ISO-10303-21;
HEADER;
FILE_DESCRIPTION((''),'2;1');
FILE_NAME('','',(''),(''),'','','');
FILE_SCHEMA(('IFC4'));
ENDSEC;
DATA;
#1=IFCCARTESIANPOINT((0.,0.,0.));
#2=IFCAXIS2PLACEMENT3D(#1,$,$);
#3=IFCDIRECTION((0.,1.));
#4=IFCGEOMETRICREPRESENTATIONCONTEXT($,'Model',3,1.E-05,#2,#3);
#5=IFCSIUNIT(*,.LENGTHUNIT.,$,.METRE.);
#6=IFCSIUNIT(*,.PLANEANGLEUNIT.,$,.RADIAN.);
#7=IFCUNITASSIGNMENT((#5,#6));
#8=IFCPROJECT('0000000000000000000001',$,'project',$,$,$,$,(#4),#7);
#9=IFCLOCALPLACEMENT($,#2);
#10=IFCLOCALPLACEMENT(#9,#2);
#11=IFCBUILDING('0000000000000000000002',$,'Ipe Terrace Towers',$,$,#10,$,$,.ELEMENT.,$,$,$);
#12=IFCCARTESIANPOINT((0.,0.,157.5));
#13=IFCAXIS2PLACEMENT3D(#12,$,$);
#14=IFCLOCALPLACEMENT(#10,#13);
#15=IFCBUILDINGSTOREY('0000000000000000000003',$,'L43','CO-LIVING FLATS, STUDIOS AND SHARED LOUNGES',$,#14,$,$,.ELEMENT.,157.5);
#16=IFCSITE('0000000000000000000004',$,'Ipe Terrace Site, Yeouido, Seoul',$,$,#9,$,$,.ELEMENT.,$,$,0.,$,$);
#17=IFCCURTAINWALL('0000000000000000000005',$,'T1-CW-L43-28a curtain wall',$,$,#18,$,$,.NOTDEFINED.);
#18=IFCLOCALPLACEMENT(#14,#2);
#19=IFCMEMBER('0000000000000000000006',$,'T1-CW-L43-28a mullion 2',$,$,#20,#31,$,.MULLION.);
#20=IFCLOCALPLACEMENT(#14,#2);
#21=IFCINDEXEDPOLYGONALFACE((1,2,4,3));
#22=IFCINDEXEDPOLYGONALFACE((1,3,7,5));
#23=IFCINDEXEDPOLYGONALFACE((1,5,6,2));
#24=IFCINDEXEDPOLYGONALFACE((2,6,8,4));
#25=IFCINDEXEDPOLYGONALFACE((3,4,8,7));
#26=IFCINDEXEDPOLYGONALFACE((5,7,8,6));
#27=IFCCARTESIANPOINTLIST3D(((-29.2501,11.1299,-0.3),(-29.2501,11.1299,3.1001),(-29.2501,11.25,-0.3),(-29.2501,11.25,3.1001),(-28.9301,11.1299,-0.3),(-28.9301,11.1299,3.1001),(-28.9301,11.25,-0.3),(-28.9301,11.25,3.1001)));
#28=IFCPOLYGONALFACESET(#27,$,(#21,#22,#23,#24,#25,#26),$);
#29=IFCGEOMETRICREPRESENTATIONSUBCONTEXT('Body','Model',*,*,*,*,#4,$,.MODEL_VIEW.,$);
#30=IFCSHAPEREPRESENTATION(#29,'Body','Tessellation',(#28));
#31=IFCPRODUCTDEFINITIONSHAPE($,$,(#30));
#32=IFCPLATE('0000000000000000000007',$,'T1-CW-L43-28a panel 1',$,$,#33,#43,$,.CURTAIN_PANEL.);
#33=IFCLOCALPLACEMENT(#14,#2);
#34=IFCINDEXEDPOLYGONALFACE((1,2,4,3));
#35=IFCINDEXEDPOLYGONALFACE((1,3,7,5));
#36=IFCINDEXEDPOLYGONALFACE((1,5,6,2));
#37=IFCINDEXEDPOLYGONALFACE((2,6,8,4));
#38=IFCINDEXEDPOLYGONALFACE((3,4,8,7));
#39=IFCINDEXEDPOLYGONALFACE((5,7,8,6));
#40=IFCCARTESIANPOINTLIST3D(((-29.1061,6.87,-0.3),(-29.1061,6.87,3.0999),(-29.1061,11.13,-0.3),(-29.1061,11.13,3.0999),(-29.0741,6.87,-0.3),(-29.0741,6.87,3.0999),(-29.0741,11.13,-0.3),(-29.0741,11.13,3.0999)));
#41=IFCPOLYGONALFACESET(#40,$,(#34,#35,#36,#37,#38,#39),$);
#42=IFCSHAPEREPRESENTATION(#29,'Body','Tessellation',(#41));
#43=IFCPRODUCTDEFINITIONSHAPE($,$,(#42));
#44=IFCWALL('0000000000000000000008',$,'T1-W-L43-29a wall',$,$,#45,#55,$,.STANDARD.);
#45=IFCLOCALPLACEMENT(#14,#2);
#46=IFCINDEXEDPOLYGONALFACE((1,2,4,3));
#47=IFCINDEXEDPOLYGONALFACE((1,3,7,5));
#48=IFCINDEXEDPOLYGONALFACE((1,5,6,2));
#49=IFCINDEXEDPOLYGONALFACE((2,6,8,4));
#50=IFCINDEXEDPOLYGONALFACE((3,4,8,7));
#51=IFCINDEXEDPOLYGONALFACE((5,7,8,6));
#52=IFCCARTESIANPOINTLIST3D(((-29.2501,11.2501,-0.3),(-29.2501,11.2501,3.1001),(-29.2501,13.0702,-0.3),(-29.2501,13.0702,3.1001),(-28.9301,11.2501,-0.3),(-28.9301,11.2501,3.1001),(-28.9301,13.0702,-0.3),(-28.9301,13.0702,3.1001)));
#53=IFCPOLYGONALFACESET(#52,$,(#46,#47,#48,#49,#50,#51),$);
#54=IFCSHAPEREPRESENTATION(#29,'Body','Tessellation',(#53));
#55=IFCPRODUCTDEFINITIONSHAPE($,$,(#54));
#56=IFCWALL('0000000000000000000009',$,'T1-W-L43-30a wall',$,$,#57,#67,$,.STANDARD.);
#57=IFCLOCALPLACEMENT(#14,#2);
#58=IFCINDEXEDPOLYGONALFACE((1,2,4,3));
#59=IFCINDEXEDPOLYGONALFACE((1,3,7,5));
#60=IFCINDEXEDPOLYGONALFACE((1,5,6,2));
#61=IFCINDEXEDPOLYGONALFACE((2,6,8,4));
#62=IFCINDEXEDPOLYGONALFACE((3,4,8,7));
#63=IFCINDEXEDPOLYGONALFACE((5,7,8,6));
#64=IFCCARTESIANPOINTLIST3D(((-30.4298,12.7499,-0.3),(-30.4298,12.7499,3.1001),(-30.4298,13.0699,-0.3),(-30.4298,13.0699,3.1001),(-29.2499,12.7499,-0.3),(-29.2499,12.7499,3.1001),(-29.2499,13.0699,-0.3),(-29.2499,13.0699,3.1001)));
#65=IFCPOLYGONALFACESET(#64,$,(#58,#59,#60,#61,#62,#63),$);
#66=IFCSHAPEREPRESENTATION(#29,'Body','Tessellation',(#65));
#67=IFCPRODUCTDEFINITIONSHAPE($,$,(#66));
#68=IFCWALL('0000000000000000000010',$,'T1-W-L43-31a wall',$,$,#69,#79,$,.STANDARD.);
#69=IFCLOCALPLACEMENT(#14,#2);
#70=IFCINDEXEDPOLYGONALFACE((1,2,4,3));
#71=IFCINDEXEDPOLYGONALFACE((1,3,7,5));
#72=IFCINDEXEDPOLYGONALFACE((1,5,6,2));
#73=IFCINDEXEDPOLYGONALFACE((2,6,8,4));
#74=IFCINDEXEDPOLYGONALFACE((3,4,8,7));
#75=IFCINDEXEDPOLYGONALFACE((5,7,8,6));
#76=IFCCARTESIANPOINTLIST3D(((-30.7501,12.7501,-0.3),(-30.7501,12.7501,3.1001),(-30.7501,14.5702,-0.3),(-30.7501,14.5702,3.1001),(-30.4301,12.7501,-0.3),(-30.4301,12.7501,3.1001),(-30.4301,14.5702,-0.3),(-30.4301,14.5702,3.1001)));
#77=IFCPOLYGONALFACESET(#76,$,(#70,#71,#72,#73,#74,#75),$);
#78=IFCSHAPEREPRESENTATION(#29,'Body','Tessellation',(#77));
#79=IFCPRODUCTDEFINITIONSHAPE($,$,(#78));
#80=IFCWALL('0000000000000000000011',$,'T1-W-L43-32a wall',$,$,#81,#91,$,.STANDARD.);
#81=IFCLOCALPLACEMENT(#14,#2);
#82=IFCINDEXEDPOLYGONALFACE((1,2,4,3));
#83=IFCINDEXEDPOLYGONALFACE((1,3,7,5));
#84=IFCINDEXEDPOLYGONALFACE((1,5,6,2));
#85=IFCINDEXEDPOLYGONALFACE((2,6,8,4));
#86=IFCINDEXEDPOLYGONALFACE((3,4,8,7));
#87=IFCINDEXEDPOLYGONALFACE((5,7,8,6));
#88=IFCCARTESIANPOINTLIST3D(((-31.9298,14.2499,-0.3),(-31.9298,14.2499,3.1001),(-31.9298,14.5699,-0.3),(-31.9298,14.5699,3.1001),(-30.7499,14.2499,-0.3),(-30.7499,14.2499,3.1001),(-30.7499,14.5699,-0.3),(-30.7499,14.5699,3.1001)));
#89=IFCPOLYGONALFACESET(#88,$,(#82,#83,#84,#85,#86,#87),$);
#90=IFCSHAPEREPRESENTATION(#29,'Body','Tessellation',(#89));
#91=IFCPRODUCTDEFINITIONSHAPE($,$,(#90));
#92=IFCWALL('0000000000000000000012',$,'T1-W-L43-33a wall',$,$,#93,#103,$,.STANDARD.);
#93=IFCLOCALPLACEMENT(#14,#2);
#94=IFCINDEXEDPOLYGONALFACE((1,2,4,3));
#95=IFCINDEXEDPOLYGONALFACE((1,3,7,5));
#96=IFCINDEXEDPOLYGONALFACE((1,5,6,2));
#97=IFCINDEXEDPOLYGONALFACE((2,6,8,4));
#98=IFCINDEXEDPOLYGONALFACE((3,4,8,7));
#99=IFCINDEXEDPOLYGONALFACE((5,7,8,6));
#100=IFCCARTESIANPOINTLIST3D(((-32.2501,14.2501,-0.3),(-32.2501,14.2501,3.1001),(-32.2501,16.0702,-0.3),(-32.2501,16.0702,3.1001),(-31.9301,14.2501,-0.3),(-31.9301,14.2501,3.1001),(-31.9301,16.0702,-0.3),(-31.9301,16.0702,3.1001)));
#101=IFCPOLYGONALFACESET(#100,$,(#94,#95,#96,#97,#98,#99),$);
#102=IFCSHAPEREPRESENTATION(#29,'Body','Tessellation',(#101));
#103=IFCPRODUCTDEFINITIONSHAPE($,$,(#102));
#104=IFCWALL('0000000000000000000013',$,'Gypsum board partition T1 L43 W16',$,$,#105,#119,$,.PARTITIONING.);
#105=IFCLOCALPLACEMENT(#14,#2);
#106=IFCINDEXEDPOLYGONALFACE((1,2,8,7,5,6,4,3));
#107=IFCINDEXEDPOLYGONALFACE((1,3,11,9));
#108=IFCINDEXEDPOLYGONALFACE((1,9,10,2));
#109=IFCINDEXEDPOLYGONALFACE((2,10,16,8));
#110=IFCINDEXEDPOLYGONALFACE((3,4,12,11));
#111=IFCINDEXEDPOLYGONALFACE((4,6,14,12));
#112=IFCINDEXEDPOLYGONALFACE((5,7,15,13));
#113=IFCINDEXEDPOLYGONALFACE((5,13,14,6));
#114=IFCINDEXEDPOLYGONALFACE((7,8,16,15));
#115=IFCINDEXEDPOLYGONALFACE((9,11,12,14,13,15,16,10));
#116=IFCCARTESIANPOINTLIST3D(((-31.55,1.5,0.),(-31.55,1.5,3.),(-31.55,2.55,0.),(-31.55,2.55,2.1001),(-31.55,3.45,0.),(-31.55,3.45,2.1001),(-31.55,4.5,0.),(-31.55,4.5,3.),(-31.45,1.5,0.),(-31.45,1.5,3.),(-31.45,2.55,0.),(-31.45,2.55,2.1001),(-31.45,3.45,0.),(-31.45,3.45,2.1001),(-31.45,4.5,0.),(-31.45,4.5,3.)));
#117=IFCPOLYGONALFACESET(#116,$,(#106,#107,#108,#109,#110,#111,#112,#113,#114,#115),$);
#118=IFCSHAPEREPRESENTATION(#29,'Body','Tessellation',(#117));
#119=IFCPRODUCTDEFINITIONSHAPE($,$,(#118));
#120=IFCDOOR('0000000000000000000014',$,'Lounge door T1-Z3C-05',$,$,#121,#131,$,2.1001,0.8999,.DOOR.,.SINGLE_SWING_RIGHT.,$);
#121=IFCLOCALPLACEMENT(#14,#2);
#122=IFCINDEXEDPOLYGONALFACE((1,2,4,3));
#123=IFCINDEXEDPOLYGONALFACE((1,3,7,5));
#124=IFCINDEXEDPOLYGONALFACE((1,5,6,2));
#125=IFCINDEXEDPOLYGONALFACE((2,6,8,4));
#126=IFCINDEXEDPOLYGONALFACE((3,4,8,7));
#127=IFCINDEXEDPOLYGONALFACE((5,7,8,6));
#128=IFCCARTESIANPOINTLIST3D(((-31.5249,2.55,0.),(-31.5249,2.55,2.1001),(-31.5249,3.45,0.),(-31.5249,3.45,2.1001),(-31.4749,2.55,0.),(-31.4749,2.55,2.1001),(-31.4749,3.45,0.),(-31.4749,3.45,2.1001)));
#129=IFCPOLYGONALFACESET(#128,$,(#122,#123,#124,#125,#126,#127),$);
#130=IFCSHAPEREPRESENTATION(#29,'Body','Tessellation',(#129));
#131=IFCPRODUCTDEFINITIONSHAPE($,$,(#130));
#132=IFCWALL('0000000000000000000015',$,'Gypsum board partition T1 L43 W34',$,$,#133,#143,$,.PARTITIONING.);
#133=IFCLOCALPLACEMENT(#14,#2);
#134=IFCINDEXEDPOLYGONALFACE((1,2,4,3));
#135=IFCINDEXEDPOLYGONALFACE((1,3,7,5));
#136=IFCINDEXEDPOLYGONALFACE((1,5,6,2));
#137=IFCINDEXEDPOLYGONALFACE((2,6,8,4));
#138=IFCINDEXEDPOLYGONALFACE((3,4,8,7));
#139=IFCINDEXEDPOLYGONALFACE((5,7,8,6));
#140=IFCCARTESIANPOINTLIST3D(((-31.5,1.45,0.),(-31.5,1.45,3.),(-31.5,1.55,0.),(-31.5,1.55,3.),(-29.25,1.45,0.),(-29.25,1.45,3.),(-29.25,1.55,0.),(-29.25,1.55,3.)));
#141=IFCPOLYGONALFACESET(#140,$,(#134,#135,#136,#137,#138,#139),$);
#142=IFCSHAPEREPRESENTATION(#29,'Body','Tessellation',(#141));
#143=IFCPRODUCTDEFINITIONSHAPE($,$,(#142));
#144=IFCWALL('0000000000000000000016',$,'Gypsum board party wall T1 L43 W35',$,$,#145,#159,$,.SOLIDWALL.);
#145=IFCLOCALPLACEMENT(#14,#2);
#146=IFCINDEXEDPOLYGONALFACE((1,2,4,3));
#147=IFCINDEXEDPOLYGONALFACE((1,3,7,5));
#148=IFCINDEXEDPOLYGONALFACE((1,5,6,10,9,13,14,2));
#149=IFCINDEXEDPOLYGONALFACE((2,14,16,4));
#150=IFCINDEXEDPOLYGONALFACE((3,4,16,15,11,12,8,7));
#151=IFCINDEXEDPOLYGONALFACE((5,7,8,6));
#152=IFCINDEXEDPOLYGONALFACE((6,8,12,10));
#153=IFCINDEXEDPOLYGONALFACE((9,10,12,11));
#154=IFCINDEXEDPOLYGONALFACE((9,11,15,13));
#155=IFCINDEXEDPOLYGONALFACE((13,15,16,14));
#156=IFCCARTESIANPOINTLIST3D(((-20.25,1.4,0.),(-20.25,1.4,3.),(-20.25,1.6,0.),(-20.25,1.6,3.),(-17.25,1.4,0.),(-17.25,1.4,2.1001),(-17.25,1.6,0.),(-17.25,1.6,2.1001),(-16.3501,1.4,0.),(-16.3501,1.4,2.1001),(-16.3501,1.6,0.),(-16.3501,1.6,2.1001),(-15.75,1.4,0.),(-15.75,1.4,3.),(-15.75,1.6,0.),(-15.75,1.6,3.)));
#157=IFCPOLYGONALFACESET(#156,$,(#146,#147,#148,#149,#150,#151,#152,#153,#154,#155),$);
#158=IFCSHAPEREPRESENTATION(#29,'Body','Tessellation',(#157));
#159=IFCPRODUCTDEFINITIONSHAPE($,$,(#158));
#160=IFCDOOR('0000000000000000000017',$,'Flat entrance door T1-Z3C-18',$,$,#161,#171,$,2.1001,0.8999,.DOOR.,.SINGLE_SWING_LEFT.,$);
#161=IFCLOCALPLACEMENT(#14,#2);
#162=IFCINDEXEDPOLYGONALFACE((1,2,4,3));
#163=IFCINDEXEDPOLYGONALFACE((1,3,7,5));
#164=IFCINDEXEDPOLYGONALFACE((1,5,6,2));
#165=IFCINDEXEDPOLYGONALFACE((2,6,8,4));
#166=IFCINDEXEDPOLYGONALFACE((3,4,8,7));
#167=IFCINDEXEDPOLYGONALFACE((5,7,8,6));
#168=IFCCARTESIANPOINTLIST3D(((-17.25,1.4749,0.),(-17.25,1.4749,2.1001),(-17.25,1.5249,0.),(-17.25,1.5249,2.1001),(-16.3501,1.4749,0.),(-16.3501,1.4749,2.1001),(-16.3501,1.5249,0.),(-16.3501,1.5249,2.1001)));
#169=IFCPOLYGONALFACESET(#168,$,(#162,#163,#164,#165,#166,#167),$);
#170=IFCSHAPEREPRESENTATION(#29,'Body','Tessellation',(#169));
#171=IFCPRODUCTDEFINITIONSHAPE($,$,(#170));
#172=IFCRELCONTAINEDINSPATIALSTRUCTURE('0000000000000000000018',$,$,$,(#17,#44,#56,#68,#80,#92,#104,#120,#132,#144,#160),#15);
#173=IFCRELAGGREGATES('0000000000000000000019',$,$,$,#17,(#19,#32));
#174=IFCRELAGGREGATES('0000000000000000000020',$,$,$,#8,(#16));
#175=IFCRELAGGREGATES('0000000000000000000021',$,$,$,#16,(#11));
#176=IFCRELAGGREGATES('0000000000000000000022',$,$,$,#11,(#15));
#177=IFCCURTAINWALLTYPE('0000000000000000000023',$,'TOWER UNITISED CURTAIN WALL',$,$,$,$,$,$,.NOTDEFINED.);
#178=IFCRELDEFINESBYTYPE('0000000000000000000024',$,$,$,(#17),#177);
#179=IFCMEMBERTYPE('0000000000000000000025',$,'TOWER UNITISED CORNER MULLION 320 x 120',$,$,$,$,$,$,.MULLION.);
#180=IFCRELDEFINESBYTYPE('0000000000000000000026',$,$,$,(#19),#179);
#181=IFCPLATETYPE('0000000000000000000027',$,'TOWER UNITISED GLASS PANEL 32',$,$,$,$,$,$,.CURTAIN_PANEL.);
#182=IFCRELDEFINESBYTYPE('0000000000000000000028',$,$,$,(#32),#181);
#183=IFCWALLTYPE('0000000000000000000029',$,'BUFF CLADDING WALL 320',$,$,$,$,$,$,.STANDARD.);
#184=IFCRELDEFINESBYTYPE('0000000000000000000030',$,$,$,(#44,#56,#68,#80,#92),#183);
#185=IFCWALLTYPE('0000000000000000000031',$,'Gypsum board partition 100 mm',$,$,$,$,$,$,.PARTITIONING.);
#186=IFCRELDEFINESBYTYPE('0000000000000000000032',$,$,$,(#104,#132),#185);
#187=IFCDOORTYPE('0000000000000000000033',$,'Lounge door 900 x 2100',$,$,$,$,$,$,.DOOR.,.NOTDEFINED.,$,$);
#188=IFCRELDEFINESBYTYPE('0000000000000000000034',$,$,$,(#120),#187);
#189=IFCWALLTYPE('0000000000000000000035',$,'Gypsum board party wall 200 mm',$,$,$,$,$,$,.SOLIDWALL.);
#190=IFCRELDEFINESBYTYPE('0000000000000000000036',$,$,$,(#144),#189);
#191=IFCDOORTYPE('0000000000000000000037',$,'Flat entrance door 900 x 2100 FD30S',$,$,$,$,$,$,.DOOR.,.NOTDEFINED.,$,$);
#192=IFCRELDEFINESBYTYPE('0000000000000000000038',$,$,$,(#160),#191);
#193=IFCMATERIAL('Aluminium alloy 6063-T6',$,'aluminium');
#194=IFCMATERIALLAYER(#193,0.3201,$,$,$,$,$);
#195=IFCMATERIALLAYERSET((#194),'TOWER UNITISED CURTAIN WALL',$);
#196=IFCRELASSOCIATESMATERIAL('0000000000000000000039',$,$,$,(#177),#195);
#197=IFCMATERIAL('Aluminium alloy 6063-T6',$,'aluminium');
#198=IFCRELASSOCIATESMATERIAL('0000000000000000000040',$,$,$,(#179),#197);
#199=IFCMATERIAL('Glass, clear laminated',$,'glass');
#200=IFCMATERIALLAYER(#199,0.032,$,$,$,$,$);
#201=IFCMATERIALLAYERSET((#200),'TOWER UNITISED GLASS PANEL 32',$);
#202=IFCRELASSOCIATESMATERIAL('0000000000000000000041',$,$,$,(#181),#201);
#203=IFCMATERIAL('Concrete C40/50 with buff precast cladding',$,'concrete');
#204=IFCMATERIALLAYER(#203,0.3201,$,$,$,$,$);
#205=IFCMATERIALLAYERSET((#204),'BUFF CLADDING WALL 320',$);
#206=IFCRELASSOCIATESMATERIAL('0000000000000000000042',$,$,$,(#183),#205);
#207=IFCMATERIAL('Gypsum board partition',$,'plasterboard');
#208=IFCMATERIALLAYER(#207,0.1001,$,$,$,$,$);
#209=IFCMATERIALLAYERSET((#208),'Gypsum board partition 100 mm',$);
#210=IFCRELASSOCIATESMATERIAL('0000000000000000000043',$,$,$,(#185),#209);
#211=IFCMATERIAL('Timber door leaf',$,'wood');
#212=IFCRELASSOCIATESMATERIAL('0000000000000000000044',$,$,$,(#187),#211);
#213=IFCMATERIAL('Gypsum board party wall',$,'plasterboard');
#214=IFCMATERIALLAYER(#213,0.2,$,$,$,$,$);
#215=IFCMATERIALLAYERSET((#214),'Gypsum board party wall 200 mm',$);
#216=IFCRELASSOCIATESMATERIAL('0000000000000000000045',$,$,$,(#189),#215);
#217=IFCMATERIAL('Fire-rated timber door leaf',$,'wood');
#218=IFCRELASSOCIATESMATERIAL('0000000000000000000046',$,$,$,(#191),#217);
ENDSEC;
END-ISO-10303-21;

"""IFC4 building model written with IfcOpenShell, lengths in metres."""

from ifc_helpers import new_model, si_unit, direction, frame, frame_2d, origin, origin_2d, place, context, subcontext, project, spatial, rectangle, extrude, material, layer, layer_set, material_profile, profile_set, type_object, element, fill, aggregate, save


model = new_model("IFC4")

# Units and contexts
model_context = context("Model", 3, precision=1e-05, world=origin(), true_north=direction((0.0, 1.0)))
body_context = subcontext(model_context, "Body", "Model", "MODEL_VIEW")
ifc_project = project(units=[si_unit("LENGTHUNIT", "METRE"), si_unit("PLANEANGLEUNIT", "RADIAN")], contexts=[model_context])

# Site, building, storey
site_placement = place(None, origin())
site = spatial("IfcSite", under=ifc_project, at=site_placement, Name="Ipe Terrace Site, Yeouido, Seoul", CompositionType="ELEMENT", RefElevation=0.0)
building_placement = place(site_placement, origin())
building = spatial("IfcBuilding", under=site, at=building_placement, Name="Ipe Terrace Towers", CompositionType="ELEMENT")
storey_placement = place(building_placement, frame((0.0, 0.0, 157.5)))
storey = spatial("IfcBuildingStorey", under=building, at=storey_placement, Name="L43", Description="CO-LIVING FLATS, STUDIOS AND SHARED LOUNGES", CompositionType="ELEMENT", Elevation=157.5)

# Curtain wall, member, plate
ifc_material_1 = material(Name="Aluminium alloy 6063-T6", Category="aluminium")
ifc_layer_1 = layer(ifc_material_1, 0.3201)
ifc_layer_set_1 = layer_set([ifc_layer_1], Name="TOWER UNITISED CURTAIN WALL")
curtain_wall_type = type_object("IfcCurtainWallType", Name="TOWER UNITISED CURTAIN WALL", PredefinedType="NOTDEFINED", material=ifc_layer_set_1)
curtain_wall_placement = place(storey_placement, origin())
curtain_wall = element("IfcCurtainWall", 1, at=curtain_wall_placement, inside=storey, type_object=curtain_wall_type, Name="T1-CW-L43-28a curtain wall", PredefinedType="NOTDEFINED")
ifc_material_2 = material(Name="Aluminium alloy 6063-T6", Category="aluminium")
ifc_material_profile_1 = material_profile(ifc_material_2, rectangle(XDim=0.3201, YDim=0.1201, at=origin_2d()), Name="TOWER UNITISED CORNER MULLION 320 x 120")
ifc_profile_set_1 = profile_set([ifc_material_profile_1], Name="Aluminium alloy 6063-T6")
member_type = type_object("IfcMemberType", Name="TOWER UNITISED CORNER MULLION 320 x 120", PredefinedType="MULLION", material=ifc_profile_set_1)
member_1_placement = place(storey_placement, frame((-29.0901, 11.1899, -0.3), z_axis=(0.0, 0.0, 1.0), x_axis=(1.0, 0.0, 0.0)))
member_1 = element("IfcMember", 2, at=member_1_placement, type_object=member_type, Name="T1-CW-L43-28a mullion 2", PredefinedType="MULLION", context=body_context, shape_type="SweptSolid", body=[
    extrude(rectangle(XDim=0.3201, YDim=0.1201, at=origin_2d()), origin(), (0.0, 0.0, 1.0), 3.4001),
])
ifc_material_3 = material(Name="Glass, clear laminated", Category="glass")
ifc_layer_2 = layer(ifc_material_3, 0.032)
ifc_layer_set_2 = layer_set([ifc_layer_2], Name="TOWER UNITISED GLASS PANEL 32")
plate_type = type_object("IfcPlateType", Name="TOWER UNITISED GLASS PANEL 32", PredefinedType="CURTAIN_PANEL", material=ifc_layer_set_2)
plate_placement = place(storey_placement, frame((-29.0901, 9.0, -0.3), z_axis=(0.0, 0.0, 1.0), x_axis=(0.0, 1.0, 0.0)))
plate = element("IfcPlate", 3, at=plate_placement, type_object=plate_type, Name="T1-CW-L43-28a panel 1", PredefinedType="CURTAIN_PANEL", context=body_context, shape_type="SweptSolid", body=[
    extrude(rectangle(XDim=4.26, YDim=0.032, at=origin_2d()), origin(), (0.0, 0.0, 1.0), 3.3999),
])
aggregate(curtain_wall, [member_1, plate])

# Walls
ifc_material_4 = material(Name="Concrete C40/50 with buff precast cladding", Category="concrete")
ifc_layer_3 = layer(ifc_material_4, 0.3201)
ifc_layer_set_3 = layer_set([ifc_layer_3], Name="BUFF CLADDING WALL 320")
wall_type_1 = type_object("IfcWallType", Name="BUFF CLADDING WALL 320", PredefinedType="STANDARD", material=ifc_layer_set_3)
wall_1_placement = place(storey_placement, frame((-29.0901, 11.25, -0.3), z_axis=(0.0, 0.0, 1.0), x_axis=(0.0, 1.0, 0.0)))
element("IfcWall", 4, at=wall_1_placement, inside=storey, type_object=wall_type_1, Name="T1-W-L43-29a wall", PredefinedType="STANDARD", context=body_context, shape_type="SweptSolid", body=[
    extrude(rectangle(XDim=1.8201, YDim=0.3201, at=frame_2d((0.9102, 0.0))), origin(), (0.0, 0.0, 1.0), 3.4001),
])
wall_2_placement = place(storey_placement, frame((-29.25, 12.9099, -0.3), z_axis=(0.0, 0.0, 1.0), x_axis=(-1.0, 0.0, 0.0)))
element("IfcWall", 5, at=wall_2_placement, inside=storey, type_object=wall_type_1, Name="T1-W-L43-30a wall", PredefinedType="STANDARD", context=body_context, shape_type="SweptSolid", body=[
    extrude(rectangle(XDim=1.1799, YDim=0.3201, at=frame_2d((0.5898, 0.0))), origin(), (0.0, 0.0, 1.0), 3.4001),
])
wall_3_placement = place(storey_placement, frame((-30.5901, 12.75, -0.3), z_axis=(0.0, 0.0, 1.0), x_axis=(0.0, 1.0, 0.0)))
element("IfcWall", 6, at=wall_3_placement, inside=storey, type_object=wall_type_1, Name="T1-W-L43-31a wall", PredefinedType="STANDARD", context=body_context, shape_type="SweptSolid", body=[
    extrude(rectangle(XDim=1.8201, YDim=0.3201, at=frame_2d((0.9102, 0.0))), origin(), (0.0, 0.0, 1.0), 3.4001),
])
wall_4_placement = place(storey_placement, frame((-30.75, 14.4099, -0.3), z_axis=(0.0, 0.0, 1.0), x_axis=(-1.0, 0.0, 0.0)))
element("IfcWall", 7, at=wall_4_placement, inside=storey, type_object=wall_type_1, Name="T1-W-L43-32a wall", PredefinedType="STANDARD", context=body_context, shape_type="SweptSolid", body=[
    extrude(rectangle(XDim=1.1799, YDim=0.3201, at=frame_2d((0.5898, 0.0))), origin(), (0.0, 0.0, 1.0), 3.4001),
])
wall_5_placement = place(storey_placement, frame((-32.0901, 14.25, -0.3), z_axis=(0.0, 0.0, 1.0), x_axis=(0.0, 1.0, 0.0)))
element("IfcWall", 8, at=wall_5_placement, inside=storey, type_object=wall_type_1, Name="T1-W-L43-33a wall", PredefinedType="STANDARD", context=body_context, shape_type="SweptSolid", body=[
    extrude(rectangle(XDim=1.8201, YDim=0.3201, at=frame_2d((0.9102, 0.0))), origin(), (0.0, 0.0, 1.0), 3.4001),
])

# Wall, opening, door
ifc_material_5 = material(Name="Gypsum board partition", Category="plasterboard")
ifc_layer_4 = layer(ifc_material_5, 0.1001)
ifc_layer_set_4 = layer_set([ifc_layer_4], Name="Gypsum board partition 100 mm")
wall_type_2 = type_object("IfcWallType", Name="Gypsum board partition 100 mm", PredefinedType="PARTITIONING", material=ifc_layer_set_4)
wall_6_placement = place(storey_placement, frame((-31.5, 1.5, 0.0), z_axis=(0.0, 0.0, 1.0), x_axis=(0.0, 1.0, 0.0)))
wall_6 = element("IfcWall", 9, at=wall_6_placement, inside=storey, type_object=wall_type_2, Name="Gypsum board partition T1 L43 W16", PredefinedType="PARTITIONING", context=body_context, shape_type="SweptSolid", body=[
    extrude(rectangle(XDim=3.0, YDim=0.1001, at=frame_2d((1.5, 0.0))), origin(), (0.0, 0.0, 1.0), 3.0),
])
opening_1_placement = place(wall_6_placement, frame((1.05, 0.0, 0.0)))
opening_1 = element("IfcOpeningElement", 10, at=opening_1_placement, cuts=wall_6, PredefinedType="OPENING", context=body_context, shape_type="SweptSolid", body=[
    extrude(rectangle(XDim=0.8999, YDim=2.1001, at=frame_2d((0.45, 1.05))), frame((0.0, 0.0601, 0.0), z_axis=(0.0, -1.0, 0.0), x_axis=(1.0, 0.0, 0.0)), (0.0, 0.0, 1.0), 0.1201),
])
ifc_material_6 = material(Name="Timber door leaf", Category="wood")
door_type_1 = type_object("IfcDoorType", Name="Lounge door 900 x 2100", OperationType="NOTDEFINED", PredefinedType="DOOR", material=ifc_material_6)
door_1_placement = place(opening_1_placement, origin())
door_1 = element("IfcDoor", 11, at=door_1_placement, inside=storey, type_object=door_type_1, Name="Lounge door T1-Z3C-05", OperationType="SINGLE_SWING_RIGHT", OverallHeight=2.1001, OverallWidth=0.8999, PredefinedType="DOOR", context=body_context, shape_type="SweptSolid", body=[
    extrude(rectangle(XDim=0.8999, YDim=2.1001, at=frame_2d((0.45, 1.05))), frame((0.0, 0.0249, 0.0), z_axis=(0.0, -1.0, 0.0), x_axis=(1.0, 0.0, 0.0)), (0.0, 0.0, 1.0), 0.05),
])
fill(opening_1, door_1)

# Wall
wall_7_placement = place(storey_placement, frame((-31.5, 1.5, 0.0), z_axis=(0.0, 0.0, 1.0), x_axis=(1.0, 0.0, 0.0)))
element("IfcWall", 12, at=wall_7_placement, inside=storey, type_object=wall_type_2, Name="Gypsum board partition T1 L43 W34", PredefinedType="PARTITIONING", context=body_context, shape_type="SweptSolid", body=[
    extrude(rectangle(XDim=2.25, YDim=0.1001, at=frame_2d((1.125, 0.0))), origin(), (0.0, 0.0, 1.0), 3.0),
])

# Wall, opening, door
ifc_material_7 = material(Name="Gypsum board party wall", Category="plasterboard")
ifc_layer_5 = layer(ifc_material_7, 0.2)
ifc_layer_set_5 = layer_set([ifc_layer_5], Name="Gypsum board party wall 200 mm")
wall_type_3 = type_object("IfcWallType", Name="Gypsum board party wall 200 mm", PredefinedType="SOLIDWALL", material=ifc_layer_set_5)
wall_8_placement = place(storey_placement, frame((-20.25, 1.5, 0.0), z_axis=(0.0, 0.0, 1.0), x_axis=(1.0, 0.0, 0.0)))
wall_8 = element("IfcWall", 13, at=wall_8_placement, inside=storey, type_object=wall_type_3, Name="Gypsum board party wall T1 L43 W35", PredefinedType="SOLIDWALL", context=body_context, shape_type="SweptSolid", body=[
    extrude(rectangle(XDim=4.5, YDim=0.2, at=frame_2d((2.25, 0.0))), origin(), (0.0, 0.0, 1.0), 3.0),
])
opening_2_placement = place(wall_8_placement, frame((3.0, 0.0, 0.0)))
opening_2 = element("IfcOpeningElement", 14, at=opening_2_placement, cuts=wall_8, PredefinedType="OPENING", context=body_context, shape_type="SweptSolid", body=[
    extrude(rectangle(XDim=0.8999, YDim=2.1001, at=frame_2d((0.45, 1.05))), frame((0.0, 0.1099, 0.0), z_axis=(0.0, -1.0, 0.0), x_axis=(1.0, 0.0, 0.0)), (0.0, 0.0, 1.0), 0.22),
])
ifc_material_8 = material(Name="Fire-rated timber door leaf", Category="wood")
door_type_2 = type_object("IfcDoorType", Name="Flat entrance door 900 x 2100 FD30S", OperationType="NOTDEFINED", PredefinedType="DOOR", material=ifc_material_8)
door_2_placement = place(opening_2_placement, origin())
door_2 = element("IfcDoor", 15, at=door_2_placement, inside=storey, type_object=door_type_2, Name="Flat entrance door T1-Z3C-18", OperationType="SINGLE_SWING_LEFT", OverallHeight=2.1001, OverallWidth=0.8999, PredefinedType="DOOR", context=body_context, shape_type="SweptSolid", body=[
    extrude(rectangle(XDim=0.8999, YDim=2.1001, at=frame_2d((0.45, 1.05))), frame((0.0, 0.0249, 0.0), z_axis=(0.0, -1.0, 0.0), x_axis=(1.0, 0.0, 0.0)), (0.0, 0.0, 1.0), 0.05),
])
fill(opening_2, door_2)

save(model, "model.ifc")
